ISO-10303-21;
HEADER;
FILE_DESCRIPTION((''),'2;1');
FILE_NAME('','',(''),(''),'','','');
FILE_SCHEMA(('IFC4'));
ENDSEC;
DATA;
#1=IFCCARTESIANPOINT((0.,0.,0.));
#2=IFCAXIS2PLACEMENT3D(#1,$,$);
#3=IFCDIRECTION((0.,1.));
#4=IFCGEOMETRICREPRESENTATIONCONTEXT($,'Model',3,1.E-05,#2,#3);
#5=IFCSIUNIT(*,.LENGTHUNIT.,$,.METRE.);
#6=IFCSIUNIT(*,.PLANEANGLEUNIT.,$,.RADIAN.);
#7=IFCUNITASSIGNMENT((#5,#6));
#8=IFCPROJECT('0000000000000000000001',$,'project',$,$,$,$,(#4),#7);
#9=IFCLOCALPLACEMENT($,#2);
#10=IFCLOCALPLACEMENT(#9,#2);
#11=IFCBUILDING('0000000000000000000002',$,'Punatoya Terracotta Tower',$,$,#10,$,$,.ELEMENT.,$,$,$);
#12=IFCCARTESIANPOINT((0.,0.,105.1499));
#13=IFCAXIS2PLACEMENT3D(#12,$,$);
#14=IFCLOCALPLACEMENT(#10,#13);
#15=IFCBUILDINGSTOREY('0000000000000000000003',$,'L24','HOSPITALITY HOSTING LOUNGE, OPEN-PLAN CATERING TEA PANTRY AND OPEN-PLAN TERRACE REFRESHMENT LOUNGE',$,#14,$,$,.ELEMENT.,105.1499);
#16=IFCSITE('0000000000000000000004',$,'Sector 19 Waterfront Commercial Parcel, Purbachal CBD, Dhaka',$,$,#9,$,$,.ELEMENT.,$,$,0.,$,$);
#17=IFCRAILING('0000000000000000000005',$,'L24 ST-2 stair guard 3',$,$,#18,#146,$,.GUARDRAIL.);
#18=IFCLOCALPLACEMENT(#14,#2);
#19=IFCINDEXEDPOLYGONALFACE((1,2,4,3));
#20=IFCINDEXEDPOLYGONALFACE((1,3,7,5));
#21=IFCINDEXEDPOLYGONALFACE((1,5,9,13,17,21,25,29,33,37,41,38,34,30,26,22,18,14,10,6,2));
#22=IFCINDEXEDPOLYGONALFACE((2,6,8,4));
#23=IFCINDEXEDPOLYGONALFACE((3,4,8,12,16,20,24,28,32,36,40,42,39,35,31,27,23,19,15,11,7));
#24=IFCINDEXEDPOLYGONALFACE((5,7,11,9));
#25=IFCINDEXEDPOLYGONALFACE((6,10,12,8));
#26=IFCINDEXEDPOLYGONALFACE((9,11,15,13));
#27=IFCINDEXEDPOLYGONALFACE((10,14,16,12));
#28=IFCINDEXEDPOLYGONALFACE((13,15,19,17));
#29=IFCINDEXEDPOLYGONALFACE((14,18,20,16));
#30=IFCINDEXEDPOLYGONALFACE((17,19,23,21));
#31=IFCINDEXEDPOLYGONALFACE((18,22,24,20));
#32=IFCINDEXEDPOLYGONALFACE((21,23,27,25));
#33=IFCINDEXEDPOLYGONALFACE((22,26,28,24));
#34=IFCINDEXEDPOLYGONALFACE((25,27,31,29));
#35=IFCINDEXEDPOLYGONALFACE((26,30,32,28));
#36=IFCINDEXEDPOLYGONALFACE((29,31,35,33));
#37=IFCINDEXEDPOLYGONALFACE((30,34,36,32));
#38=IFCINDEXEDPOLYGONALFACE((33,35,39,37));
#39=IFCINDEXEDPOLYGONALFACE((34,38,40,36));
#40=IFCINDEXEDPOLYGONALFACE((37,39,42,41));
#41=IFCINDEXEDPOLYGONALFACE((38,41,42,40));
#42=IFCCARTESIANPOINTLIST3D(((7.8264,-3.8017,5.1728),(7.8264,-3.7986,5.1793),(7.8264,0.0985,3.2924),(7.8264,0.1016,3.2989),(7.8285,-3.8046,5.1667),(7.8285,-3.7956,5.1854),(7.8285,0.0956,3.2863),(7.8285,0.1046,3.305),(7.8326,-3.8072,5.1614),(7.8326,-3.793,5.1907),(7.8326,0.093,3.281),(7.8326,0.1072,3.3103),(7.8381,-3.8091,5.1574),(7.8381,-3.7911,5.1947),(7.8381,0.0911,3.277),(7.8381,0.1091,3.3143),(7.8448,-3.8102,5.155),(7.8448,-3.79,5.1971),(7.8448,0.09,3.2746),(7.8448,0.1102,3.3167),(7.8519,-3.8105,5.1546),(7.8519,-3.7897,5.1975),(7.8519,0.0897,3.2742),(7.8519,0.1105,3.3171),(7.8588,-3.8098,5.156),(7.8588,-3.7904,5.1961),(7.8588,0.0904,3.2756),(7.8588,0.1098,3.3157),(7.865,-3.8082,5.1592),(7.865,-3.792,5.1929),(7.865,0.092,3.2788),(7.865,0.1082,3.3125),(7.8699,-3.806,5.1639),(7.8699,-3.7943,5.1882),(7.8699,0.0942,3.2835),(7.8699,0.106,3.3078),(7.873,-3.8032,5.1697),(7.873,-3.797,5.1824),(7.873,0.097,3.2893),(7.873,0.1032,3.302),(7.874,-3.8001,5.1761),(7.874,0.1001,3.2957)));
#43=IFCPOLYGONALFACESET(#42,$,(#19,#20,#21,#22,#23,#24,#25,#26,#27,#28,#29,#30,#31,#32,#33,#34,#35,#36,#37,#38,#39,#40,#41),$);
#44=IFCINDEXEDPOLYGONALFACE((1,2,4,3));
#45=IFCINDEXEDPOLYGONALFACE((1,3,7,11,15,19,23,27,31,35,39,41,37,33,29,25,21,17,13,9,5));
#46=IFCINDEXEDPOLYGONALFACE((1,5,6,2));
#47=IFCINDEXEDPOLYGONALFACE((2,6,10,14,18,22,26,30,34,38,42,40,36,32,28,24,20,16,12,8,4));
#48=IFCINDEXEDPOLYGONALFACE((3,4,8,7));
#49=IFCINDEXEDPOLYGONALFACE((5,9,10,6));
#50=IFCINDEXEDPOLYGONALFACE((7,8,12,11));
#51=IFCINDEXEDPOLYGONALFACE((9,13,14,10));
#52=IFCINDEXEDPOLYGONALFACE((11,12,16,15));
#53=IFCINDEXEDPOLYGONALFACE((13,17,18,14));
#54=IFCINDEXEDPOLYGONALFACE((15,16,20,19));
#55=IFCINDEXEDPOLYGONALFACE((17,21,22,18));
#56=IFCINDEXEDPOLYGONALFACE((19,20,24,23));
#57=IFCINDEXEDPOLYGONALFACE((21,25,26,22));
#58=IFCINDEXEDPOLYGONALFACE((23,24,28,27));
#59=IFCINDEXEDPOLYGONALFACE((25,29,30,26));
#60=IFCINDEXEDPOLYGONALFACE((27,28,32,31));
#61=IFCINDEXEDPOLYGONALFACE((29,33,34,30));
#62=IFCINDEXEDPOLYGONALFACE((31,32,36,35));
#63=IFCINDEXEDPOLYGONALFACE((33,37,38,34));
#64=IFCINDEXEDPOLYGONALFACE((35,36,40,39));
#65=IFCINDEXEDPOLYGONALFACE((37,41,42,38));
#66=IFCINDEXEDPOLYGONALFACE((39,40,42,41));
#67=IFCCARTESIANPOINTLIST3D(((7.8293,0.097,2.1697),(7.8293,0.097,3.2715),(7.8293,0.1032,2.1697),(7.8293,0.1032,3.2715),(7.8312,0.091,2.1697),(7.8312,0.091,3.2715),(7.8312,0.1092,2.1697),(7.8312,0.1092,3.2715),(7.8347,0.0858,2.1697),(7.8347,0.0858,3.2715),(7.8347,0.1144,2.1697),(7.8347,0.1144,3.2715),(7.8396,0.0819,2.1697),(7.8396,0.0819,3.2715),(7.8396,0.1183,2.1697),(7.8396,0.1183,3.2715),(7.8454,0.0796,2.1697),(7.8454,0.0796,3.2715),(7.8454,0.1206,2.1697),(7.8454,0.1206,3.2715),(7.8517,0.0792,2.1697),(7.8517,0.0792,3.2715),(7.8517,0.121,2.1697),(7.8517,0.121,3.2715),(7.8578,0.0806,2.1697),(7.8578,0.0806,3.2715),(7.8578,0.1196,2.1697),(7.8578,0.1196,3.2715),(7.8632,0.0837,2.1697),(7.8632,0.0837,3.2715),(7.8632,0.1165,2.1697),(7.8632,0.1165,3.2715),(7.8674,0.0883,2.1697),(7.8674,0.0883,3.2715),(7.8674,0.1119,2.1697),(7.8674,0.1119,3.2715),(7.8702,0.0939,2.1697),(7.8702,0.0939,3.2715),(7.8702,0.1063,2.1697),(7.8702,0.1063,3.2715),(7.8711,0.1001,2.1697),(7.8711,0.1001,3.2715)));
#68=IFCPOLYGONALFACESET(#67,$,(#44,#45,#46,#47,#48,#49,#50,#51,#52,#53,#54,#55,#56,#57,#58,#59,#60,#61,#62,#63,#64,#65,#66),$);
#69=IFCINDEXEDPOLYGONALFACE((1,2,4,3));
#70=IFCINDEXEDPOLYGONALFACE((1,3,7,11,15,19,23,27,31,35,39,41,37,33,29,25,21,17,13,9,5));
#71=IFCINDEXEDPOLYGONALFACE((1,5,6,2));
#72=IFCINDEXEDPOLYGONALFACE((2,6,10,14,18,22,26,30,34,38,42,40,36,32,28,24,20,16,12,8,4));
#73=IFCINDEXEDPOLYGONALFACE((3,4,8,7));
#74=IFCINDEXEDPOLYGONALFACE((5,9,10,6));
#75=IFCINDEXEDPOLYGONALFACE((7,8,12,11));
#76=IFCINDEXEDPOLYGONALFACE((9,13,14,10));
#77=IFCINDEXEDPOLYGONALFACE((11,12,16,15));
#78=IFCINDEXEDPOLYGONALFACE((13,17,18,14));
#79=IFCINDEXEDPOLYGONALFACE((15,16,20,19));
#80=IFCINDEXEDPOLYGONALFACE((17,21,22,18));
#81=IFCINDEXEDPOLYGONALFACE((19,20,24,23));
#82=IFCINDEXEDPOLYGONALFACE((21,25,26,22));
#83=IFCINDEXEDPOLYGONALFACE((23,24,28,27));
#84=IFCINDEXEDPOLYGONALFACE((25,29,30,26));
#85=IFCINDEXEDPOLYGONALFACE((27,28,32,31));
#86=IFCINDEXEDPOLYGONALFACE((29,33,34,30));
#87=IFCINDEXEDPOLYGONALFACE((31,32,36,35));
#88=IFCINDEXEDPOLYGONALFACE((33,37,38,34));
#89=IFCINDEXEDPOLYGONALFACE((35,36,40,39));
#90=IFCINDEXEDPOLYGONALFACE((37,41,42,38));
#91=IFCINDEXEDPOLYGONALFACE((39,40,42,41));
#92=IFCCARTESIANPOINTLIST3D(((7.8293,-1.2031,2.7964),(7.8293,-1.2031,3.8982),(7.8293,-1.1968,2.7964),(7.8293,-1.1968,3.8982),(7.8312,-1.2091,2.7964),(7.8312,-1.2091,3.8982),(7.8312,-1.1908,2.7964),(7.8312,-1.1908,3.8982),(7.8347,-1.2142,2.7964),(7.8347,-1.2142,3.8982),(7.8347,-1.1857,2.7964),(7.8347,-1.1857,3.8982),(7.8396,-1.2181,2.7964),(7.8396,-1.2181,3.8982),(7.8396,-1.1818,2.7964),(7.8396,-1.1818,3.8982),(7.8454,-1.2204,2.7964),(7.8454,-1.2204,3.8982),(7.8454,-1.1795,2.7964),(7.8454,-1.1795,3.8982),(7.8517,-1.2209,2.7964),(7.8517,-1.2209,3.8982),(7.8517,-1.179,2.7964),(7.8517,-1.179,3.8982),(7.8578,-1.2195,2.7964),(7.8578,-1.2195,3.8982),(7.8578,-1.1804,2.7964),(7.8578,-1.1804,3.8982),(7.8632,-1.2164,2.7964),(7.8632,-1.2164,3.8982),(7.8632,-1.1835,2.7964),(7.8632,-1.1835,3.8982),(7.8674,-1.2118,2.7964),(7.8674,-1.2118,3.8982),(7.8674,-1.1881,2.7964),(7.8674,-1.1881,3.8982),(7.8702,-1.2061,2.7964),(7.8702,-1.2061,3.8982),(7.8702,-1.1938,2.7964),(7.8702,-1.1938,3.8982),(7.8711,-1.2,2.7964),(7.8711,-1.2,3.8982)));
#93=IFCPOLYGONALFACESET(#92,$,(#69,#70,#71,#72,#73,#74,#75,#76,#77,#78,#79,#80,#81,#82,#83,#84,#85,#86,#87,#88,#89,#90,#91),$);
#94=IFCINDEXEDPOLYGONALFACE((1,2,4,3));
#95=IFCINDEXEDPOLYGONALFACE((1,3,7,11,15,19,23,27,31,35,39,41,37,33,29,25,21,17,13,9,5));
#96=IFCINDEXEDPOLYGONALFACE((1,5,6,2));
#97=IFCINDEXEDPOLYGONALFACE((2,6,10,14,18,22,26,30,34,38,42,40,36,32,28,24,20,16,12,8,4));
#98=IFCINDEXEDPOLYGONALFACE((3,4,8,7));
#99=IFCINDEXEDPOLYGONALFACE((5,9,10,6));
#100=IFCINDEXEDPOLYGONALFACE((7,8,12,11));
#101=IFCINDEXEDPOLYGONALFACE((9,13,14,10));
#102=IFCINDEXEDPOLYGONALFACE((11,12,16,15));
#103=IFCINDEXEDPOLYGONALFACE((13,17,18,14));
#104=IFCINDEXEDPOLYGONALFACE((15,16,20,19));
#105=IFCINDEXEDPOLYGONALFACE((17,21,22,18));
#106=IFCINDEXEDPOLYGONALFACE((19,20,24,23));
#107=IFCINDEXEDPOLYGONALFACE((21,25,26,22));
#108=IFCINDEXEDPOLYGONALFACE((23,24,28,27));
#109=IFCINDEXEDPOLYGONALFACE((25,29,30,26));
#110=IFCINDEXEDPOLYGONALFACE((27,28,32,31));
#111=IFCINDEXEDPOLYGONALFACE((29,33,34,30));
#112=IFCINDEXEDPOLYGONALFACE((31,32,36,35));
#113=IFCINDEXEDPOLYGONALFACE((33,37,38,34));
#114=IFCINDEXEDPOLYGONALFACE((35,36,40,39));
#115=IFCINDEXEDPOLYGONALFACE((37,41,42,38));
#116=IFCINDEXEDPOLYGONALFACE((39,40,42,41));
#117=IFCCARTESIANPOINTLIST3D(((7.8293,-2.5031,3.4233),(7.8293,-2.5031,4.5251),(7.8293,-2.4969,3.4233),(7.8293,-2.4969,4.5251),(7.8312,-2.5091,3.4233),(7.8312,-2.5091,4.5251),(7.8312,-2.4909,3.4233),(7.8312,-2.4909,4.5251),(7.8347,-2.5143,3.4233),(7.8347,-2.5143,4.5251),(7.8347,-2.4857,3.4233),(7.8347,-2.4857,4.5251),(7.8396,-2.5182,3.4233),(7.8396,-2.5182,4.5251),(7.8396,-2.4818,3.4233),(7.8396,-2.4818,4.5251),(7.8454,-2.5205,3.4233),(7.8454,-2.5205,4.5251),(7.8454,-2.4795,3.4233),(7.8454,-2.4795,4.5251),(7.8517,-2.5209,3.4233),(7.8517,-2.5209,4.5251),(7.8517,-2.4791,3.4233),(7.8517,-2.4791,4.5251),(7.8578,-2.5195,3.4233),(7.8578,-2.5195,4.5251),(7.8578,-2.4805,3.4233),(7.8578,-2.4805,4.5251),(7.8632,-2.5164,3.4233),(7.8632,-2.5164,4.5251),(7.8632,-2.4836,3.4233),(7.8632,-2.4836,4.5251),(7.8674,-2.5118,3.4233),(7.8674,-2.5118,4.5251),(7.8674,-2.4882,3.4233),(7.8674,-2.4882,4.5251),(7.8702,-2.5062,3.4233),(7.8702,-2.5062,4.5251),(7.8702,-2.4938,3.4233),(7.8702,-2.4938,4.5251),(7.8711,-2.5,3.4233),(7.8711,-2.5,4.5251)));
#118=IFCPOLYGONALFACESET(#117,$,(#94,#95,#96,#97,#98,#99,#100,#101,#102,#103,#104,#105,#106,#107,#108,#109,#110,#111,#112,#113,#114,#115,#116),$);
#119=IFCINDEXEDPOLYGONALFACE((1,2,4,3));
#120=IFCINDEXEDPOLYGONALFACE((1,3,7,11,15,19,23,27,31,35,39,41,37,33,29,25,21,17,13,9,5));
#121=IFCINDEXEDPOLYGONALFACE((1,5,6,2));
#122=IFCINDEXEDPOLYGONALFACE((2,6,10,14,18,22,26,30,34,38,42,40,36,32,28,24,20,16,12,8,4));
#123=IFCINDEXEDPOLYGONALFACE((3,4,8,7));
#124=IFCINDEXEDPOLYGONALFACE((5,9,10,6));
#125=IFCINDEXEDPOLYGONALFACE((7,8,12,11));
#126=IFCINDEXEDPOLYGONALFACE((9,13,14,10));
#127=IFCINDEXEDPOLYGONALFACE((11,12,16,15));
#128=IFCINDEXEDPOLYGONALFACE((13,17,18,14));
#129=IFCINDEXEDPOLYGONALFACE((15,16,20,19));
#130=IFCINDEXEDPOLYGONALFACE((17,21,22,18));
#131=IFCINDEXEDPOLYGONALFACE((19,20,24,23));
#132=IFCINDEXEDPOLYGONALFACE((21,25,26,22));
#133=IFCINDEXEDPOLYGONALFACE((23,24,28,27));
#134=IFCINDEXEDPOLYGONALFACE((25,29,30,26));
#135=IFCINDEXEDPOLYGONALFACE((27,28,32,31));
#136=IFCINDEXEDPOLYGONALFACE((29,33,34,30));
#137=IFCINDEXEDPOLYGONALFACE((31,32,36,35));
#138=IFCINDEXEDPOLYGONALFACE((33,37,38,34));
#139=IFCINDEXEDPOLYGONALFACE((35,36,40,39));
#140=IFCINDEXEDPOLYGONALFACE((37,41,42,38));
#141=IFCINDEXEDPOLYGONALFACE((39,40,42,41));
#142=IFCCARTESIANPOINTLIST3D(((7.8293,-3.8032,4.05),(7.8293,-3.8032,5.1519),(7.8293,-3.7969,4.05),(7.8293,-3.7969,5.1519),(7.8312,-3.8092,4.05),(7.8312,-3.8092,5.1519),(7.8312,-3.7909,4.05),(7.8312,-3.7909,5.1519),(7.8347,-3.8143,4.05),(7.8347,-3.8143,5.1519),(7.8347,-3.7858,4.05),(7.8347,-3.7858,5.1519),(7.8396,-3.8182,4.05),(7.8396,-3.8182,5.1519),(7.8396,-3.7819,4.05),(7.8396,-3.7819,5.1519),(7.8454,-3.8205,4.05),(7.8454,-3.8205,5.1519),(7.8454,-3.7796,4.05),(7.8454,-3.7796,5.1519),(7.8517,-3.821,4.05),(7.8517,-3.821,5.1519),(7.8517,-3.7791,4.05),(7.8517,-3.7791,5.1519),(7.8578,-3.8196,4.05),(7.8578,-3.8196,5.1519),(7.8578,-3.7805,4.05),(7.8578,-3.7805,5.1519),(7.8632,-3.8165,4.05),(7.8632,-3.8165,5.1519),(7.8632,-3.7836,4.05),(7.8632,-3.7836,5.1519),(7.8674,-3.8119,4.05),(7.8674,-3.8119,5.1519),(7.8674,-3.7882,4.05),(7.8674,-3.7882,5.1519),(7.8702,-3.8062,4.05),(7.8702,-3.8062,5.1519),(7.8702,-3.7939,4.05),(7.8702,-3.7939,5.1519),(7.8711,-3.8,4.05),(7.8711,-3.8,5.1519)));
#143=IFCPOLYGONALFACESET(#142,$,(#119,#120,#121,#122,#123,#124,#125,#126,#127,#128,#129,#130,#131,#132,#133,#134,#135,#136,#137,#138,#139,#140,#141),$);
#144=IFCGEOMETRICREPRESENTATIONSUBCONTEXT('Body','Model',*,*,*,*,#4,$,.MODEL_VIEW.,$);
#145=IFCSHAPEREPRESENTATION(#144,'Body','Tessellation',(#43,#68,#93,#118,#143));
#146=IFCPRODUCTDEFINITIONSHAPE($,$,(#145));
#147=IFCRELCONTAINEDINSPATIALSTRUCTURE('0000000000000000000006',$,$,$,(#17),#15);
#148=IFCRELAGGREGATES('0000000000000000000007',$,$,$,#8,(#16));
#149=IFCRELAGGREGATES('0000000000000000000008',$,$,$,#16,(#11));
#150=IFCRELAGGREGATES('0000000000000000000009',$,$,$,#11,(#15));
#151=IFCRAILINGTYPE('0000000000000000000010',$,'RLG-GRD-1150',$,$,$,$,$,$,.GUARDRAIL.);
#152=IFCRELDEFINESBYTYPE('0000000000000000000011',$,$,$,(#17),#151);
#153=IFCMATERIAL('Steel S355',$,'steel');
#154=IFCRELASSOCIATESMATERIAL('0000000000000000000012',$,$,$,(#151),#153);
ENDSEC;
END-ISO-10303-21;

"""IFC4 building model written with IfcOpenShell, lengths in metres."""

from ifc_helpers import new_model, si_unit, direction, frame, origin, origin_2d, place, context, subcontext, project, spatial, circle, extrude, material, type_object, element, save


model = new_model("IFC4")

# Units and contexts
model_context = context("Model", 3, precision=1e-05, world=origin(), true_north=direction((0.0, 1.0)))
body_context = subcontext(model_context, "Body", "Model", "MODEL_VIEW")
ifc_project = project(units=[si_unit("LENGTHUNIT", "METRE"), si_unit("PLANEANGLEUNIT", "RADIAN")], contexts=[model_context])

# Site, building, storey
site_placement = place(None, origin())
site = spatial("IfcSite", under=ifc_project, at=site_placement, Name="Sector 19 Waterfront Commercial Parcel, Purbachal CBD, Dhaka", CompositionType="ELEMENT", RefElevation=0.0)
building_placement = place(site_placement, origin())
building = spatial("IfcBuilding", under=site, at=building_placement, Name="Punatoya Terracotta Tower", CompositionType="ELEMENT")
storey_placement = place(building_placement, frame((0.0, 0.0, 105.1499)))
storey = spatial("IfcBuildingStorey", under=building, at=storey_placement, Name="L24", Description="HOSPITALITY HOSTING LOUNGE, OPEN-PLAN CATERING TEA PANTRY AND OPEN-PLAN TERRACE REFRESHMENT LOUNGE", CompositionType="ELEMENT", Elevation=105.1499)

# Shared definitions
ifc_material_1 = material(Name="Steel S355", Category="steel")

# Railing
railing_type_1 = type_object("IfcRailingType", Name="RLG-GRD-1150", PredefinedType="GUARDRAIL", material=ifc_material_1)
railing_1_placement = place(storey_placement, frame((7.8501, 0.1001, 2.1697)))
element("IfcRailing", 1, at=railing_1_placement, inside=storey, type_object=railing_type_1, Name="L24 ST-2 stair guard 3", PredefinedType="GUARDRAIL", context=body_context, shape_type="SweptSolid", body=[
    extrude(circle(Radius=0.0239, at=origin_2d()), frame((0.0, 0.0, 1.126), z_axis=(0.0, -0.900774, 0.434289), x_axis=(1.0, 0.0, 0.0)), (0.0, 0.0, 1.0), 4.3298),
    extrude(circle(Radius=0.021, at=origin_2d()), origin(), (0.0, 0.0, 1.0), 1.1018),
    extrude(circle(Radius=0.021, at=origin_2d()), frame((0.0, -1.3, 0.6267)), (0.0, 0.0, 1.0), 1.1018),
    extrude(circle(Radius=0.021, at=origin_2d()), frame((0.0, -2.6001, 1.2537)), (0.0, 0.0, 1.0), 1.1018),
    extrude(circle(Radius=0.021, at=origin_2d()), frame((0.0, -3.9001, 1.8804)), (0.0, 0.0, 1.0), 1.1018),
])

save(model, "model.ifc")
